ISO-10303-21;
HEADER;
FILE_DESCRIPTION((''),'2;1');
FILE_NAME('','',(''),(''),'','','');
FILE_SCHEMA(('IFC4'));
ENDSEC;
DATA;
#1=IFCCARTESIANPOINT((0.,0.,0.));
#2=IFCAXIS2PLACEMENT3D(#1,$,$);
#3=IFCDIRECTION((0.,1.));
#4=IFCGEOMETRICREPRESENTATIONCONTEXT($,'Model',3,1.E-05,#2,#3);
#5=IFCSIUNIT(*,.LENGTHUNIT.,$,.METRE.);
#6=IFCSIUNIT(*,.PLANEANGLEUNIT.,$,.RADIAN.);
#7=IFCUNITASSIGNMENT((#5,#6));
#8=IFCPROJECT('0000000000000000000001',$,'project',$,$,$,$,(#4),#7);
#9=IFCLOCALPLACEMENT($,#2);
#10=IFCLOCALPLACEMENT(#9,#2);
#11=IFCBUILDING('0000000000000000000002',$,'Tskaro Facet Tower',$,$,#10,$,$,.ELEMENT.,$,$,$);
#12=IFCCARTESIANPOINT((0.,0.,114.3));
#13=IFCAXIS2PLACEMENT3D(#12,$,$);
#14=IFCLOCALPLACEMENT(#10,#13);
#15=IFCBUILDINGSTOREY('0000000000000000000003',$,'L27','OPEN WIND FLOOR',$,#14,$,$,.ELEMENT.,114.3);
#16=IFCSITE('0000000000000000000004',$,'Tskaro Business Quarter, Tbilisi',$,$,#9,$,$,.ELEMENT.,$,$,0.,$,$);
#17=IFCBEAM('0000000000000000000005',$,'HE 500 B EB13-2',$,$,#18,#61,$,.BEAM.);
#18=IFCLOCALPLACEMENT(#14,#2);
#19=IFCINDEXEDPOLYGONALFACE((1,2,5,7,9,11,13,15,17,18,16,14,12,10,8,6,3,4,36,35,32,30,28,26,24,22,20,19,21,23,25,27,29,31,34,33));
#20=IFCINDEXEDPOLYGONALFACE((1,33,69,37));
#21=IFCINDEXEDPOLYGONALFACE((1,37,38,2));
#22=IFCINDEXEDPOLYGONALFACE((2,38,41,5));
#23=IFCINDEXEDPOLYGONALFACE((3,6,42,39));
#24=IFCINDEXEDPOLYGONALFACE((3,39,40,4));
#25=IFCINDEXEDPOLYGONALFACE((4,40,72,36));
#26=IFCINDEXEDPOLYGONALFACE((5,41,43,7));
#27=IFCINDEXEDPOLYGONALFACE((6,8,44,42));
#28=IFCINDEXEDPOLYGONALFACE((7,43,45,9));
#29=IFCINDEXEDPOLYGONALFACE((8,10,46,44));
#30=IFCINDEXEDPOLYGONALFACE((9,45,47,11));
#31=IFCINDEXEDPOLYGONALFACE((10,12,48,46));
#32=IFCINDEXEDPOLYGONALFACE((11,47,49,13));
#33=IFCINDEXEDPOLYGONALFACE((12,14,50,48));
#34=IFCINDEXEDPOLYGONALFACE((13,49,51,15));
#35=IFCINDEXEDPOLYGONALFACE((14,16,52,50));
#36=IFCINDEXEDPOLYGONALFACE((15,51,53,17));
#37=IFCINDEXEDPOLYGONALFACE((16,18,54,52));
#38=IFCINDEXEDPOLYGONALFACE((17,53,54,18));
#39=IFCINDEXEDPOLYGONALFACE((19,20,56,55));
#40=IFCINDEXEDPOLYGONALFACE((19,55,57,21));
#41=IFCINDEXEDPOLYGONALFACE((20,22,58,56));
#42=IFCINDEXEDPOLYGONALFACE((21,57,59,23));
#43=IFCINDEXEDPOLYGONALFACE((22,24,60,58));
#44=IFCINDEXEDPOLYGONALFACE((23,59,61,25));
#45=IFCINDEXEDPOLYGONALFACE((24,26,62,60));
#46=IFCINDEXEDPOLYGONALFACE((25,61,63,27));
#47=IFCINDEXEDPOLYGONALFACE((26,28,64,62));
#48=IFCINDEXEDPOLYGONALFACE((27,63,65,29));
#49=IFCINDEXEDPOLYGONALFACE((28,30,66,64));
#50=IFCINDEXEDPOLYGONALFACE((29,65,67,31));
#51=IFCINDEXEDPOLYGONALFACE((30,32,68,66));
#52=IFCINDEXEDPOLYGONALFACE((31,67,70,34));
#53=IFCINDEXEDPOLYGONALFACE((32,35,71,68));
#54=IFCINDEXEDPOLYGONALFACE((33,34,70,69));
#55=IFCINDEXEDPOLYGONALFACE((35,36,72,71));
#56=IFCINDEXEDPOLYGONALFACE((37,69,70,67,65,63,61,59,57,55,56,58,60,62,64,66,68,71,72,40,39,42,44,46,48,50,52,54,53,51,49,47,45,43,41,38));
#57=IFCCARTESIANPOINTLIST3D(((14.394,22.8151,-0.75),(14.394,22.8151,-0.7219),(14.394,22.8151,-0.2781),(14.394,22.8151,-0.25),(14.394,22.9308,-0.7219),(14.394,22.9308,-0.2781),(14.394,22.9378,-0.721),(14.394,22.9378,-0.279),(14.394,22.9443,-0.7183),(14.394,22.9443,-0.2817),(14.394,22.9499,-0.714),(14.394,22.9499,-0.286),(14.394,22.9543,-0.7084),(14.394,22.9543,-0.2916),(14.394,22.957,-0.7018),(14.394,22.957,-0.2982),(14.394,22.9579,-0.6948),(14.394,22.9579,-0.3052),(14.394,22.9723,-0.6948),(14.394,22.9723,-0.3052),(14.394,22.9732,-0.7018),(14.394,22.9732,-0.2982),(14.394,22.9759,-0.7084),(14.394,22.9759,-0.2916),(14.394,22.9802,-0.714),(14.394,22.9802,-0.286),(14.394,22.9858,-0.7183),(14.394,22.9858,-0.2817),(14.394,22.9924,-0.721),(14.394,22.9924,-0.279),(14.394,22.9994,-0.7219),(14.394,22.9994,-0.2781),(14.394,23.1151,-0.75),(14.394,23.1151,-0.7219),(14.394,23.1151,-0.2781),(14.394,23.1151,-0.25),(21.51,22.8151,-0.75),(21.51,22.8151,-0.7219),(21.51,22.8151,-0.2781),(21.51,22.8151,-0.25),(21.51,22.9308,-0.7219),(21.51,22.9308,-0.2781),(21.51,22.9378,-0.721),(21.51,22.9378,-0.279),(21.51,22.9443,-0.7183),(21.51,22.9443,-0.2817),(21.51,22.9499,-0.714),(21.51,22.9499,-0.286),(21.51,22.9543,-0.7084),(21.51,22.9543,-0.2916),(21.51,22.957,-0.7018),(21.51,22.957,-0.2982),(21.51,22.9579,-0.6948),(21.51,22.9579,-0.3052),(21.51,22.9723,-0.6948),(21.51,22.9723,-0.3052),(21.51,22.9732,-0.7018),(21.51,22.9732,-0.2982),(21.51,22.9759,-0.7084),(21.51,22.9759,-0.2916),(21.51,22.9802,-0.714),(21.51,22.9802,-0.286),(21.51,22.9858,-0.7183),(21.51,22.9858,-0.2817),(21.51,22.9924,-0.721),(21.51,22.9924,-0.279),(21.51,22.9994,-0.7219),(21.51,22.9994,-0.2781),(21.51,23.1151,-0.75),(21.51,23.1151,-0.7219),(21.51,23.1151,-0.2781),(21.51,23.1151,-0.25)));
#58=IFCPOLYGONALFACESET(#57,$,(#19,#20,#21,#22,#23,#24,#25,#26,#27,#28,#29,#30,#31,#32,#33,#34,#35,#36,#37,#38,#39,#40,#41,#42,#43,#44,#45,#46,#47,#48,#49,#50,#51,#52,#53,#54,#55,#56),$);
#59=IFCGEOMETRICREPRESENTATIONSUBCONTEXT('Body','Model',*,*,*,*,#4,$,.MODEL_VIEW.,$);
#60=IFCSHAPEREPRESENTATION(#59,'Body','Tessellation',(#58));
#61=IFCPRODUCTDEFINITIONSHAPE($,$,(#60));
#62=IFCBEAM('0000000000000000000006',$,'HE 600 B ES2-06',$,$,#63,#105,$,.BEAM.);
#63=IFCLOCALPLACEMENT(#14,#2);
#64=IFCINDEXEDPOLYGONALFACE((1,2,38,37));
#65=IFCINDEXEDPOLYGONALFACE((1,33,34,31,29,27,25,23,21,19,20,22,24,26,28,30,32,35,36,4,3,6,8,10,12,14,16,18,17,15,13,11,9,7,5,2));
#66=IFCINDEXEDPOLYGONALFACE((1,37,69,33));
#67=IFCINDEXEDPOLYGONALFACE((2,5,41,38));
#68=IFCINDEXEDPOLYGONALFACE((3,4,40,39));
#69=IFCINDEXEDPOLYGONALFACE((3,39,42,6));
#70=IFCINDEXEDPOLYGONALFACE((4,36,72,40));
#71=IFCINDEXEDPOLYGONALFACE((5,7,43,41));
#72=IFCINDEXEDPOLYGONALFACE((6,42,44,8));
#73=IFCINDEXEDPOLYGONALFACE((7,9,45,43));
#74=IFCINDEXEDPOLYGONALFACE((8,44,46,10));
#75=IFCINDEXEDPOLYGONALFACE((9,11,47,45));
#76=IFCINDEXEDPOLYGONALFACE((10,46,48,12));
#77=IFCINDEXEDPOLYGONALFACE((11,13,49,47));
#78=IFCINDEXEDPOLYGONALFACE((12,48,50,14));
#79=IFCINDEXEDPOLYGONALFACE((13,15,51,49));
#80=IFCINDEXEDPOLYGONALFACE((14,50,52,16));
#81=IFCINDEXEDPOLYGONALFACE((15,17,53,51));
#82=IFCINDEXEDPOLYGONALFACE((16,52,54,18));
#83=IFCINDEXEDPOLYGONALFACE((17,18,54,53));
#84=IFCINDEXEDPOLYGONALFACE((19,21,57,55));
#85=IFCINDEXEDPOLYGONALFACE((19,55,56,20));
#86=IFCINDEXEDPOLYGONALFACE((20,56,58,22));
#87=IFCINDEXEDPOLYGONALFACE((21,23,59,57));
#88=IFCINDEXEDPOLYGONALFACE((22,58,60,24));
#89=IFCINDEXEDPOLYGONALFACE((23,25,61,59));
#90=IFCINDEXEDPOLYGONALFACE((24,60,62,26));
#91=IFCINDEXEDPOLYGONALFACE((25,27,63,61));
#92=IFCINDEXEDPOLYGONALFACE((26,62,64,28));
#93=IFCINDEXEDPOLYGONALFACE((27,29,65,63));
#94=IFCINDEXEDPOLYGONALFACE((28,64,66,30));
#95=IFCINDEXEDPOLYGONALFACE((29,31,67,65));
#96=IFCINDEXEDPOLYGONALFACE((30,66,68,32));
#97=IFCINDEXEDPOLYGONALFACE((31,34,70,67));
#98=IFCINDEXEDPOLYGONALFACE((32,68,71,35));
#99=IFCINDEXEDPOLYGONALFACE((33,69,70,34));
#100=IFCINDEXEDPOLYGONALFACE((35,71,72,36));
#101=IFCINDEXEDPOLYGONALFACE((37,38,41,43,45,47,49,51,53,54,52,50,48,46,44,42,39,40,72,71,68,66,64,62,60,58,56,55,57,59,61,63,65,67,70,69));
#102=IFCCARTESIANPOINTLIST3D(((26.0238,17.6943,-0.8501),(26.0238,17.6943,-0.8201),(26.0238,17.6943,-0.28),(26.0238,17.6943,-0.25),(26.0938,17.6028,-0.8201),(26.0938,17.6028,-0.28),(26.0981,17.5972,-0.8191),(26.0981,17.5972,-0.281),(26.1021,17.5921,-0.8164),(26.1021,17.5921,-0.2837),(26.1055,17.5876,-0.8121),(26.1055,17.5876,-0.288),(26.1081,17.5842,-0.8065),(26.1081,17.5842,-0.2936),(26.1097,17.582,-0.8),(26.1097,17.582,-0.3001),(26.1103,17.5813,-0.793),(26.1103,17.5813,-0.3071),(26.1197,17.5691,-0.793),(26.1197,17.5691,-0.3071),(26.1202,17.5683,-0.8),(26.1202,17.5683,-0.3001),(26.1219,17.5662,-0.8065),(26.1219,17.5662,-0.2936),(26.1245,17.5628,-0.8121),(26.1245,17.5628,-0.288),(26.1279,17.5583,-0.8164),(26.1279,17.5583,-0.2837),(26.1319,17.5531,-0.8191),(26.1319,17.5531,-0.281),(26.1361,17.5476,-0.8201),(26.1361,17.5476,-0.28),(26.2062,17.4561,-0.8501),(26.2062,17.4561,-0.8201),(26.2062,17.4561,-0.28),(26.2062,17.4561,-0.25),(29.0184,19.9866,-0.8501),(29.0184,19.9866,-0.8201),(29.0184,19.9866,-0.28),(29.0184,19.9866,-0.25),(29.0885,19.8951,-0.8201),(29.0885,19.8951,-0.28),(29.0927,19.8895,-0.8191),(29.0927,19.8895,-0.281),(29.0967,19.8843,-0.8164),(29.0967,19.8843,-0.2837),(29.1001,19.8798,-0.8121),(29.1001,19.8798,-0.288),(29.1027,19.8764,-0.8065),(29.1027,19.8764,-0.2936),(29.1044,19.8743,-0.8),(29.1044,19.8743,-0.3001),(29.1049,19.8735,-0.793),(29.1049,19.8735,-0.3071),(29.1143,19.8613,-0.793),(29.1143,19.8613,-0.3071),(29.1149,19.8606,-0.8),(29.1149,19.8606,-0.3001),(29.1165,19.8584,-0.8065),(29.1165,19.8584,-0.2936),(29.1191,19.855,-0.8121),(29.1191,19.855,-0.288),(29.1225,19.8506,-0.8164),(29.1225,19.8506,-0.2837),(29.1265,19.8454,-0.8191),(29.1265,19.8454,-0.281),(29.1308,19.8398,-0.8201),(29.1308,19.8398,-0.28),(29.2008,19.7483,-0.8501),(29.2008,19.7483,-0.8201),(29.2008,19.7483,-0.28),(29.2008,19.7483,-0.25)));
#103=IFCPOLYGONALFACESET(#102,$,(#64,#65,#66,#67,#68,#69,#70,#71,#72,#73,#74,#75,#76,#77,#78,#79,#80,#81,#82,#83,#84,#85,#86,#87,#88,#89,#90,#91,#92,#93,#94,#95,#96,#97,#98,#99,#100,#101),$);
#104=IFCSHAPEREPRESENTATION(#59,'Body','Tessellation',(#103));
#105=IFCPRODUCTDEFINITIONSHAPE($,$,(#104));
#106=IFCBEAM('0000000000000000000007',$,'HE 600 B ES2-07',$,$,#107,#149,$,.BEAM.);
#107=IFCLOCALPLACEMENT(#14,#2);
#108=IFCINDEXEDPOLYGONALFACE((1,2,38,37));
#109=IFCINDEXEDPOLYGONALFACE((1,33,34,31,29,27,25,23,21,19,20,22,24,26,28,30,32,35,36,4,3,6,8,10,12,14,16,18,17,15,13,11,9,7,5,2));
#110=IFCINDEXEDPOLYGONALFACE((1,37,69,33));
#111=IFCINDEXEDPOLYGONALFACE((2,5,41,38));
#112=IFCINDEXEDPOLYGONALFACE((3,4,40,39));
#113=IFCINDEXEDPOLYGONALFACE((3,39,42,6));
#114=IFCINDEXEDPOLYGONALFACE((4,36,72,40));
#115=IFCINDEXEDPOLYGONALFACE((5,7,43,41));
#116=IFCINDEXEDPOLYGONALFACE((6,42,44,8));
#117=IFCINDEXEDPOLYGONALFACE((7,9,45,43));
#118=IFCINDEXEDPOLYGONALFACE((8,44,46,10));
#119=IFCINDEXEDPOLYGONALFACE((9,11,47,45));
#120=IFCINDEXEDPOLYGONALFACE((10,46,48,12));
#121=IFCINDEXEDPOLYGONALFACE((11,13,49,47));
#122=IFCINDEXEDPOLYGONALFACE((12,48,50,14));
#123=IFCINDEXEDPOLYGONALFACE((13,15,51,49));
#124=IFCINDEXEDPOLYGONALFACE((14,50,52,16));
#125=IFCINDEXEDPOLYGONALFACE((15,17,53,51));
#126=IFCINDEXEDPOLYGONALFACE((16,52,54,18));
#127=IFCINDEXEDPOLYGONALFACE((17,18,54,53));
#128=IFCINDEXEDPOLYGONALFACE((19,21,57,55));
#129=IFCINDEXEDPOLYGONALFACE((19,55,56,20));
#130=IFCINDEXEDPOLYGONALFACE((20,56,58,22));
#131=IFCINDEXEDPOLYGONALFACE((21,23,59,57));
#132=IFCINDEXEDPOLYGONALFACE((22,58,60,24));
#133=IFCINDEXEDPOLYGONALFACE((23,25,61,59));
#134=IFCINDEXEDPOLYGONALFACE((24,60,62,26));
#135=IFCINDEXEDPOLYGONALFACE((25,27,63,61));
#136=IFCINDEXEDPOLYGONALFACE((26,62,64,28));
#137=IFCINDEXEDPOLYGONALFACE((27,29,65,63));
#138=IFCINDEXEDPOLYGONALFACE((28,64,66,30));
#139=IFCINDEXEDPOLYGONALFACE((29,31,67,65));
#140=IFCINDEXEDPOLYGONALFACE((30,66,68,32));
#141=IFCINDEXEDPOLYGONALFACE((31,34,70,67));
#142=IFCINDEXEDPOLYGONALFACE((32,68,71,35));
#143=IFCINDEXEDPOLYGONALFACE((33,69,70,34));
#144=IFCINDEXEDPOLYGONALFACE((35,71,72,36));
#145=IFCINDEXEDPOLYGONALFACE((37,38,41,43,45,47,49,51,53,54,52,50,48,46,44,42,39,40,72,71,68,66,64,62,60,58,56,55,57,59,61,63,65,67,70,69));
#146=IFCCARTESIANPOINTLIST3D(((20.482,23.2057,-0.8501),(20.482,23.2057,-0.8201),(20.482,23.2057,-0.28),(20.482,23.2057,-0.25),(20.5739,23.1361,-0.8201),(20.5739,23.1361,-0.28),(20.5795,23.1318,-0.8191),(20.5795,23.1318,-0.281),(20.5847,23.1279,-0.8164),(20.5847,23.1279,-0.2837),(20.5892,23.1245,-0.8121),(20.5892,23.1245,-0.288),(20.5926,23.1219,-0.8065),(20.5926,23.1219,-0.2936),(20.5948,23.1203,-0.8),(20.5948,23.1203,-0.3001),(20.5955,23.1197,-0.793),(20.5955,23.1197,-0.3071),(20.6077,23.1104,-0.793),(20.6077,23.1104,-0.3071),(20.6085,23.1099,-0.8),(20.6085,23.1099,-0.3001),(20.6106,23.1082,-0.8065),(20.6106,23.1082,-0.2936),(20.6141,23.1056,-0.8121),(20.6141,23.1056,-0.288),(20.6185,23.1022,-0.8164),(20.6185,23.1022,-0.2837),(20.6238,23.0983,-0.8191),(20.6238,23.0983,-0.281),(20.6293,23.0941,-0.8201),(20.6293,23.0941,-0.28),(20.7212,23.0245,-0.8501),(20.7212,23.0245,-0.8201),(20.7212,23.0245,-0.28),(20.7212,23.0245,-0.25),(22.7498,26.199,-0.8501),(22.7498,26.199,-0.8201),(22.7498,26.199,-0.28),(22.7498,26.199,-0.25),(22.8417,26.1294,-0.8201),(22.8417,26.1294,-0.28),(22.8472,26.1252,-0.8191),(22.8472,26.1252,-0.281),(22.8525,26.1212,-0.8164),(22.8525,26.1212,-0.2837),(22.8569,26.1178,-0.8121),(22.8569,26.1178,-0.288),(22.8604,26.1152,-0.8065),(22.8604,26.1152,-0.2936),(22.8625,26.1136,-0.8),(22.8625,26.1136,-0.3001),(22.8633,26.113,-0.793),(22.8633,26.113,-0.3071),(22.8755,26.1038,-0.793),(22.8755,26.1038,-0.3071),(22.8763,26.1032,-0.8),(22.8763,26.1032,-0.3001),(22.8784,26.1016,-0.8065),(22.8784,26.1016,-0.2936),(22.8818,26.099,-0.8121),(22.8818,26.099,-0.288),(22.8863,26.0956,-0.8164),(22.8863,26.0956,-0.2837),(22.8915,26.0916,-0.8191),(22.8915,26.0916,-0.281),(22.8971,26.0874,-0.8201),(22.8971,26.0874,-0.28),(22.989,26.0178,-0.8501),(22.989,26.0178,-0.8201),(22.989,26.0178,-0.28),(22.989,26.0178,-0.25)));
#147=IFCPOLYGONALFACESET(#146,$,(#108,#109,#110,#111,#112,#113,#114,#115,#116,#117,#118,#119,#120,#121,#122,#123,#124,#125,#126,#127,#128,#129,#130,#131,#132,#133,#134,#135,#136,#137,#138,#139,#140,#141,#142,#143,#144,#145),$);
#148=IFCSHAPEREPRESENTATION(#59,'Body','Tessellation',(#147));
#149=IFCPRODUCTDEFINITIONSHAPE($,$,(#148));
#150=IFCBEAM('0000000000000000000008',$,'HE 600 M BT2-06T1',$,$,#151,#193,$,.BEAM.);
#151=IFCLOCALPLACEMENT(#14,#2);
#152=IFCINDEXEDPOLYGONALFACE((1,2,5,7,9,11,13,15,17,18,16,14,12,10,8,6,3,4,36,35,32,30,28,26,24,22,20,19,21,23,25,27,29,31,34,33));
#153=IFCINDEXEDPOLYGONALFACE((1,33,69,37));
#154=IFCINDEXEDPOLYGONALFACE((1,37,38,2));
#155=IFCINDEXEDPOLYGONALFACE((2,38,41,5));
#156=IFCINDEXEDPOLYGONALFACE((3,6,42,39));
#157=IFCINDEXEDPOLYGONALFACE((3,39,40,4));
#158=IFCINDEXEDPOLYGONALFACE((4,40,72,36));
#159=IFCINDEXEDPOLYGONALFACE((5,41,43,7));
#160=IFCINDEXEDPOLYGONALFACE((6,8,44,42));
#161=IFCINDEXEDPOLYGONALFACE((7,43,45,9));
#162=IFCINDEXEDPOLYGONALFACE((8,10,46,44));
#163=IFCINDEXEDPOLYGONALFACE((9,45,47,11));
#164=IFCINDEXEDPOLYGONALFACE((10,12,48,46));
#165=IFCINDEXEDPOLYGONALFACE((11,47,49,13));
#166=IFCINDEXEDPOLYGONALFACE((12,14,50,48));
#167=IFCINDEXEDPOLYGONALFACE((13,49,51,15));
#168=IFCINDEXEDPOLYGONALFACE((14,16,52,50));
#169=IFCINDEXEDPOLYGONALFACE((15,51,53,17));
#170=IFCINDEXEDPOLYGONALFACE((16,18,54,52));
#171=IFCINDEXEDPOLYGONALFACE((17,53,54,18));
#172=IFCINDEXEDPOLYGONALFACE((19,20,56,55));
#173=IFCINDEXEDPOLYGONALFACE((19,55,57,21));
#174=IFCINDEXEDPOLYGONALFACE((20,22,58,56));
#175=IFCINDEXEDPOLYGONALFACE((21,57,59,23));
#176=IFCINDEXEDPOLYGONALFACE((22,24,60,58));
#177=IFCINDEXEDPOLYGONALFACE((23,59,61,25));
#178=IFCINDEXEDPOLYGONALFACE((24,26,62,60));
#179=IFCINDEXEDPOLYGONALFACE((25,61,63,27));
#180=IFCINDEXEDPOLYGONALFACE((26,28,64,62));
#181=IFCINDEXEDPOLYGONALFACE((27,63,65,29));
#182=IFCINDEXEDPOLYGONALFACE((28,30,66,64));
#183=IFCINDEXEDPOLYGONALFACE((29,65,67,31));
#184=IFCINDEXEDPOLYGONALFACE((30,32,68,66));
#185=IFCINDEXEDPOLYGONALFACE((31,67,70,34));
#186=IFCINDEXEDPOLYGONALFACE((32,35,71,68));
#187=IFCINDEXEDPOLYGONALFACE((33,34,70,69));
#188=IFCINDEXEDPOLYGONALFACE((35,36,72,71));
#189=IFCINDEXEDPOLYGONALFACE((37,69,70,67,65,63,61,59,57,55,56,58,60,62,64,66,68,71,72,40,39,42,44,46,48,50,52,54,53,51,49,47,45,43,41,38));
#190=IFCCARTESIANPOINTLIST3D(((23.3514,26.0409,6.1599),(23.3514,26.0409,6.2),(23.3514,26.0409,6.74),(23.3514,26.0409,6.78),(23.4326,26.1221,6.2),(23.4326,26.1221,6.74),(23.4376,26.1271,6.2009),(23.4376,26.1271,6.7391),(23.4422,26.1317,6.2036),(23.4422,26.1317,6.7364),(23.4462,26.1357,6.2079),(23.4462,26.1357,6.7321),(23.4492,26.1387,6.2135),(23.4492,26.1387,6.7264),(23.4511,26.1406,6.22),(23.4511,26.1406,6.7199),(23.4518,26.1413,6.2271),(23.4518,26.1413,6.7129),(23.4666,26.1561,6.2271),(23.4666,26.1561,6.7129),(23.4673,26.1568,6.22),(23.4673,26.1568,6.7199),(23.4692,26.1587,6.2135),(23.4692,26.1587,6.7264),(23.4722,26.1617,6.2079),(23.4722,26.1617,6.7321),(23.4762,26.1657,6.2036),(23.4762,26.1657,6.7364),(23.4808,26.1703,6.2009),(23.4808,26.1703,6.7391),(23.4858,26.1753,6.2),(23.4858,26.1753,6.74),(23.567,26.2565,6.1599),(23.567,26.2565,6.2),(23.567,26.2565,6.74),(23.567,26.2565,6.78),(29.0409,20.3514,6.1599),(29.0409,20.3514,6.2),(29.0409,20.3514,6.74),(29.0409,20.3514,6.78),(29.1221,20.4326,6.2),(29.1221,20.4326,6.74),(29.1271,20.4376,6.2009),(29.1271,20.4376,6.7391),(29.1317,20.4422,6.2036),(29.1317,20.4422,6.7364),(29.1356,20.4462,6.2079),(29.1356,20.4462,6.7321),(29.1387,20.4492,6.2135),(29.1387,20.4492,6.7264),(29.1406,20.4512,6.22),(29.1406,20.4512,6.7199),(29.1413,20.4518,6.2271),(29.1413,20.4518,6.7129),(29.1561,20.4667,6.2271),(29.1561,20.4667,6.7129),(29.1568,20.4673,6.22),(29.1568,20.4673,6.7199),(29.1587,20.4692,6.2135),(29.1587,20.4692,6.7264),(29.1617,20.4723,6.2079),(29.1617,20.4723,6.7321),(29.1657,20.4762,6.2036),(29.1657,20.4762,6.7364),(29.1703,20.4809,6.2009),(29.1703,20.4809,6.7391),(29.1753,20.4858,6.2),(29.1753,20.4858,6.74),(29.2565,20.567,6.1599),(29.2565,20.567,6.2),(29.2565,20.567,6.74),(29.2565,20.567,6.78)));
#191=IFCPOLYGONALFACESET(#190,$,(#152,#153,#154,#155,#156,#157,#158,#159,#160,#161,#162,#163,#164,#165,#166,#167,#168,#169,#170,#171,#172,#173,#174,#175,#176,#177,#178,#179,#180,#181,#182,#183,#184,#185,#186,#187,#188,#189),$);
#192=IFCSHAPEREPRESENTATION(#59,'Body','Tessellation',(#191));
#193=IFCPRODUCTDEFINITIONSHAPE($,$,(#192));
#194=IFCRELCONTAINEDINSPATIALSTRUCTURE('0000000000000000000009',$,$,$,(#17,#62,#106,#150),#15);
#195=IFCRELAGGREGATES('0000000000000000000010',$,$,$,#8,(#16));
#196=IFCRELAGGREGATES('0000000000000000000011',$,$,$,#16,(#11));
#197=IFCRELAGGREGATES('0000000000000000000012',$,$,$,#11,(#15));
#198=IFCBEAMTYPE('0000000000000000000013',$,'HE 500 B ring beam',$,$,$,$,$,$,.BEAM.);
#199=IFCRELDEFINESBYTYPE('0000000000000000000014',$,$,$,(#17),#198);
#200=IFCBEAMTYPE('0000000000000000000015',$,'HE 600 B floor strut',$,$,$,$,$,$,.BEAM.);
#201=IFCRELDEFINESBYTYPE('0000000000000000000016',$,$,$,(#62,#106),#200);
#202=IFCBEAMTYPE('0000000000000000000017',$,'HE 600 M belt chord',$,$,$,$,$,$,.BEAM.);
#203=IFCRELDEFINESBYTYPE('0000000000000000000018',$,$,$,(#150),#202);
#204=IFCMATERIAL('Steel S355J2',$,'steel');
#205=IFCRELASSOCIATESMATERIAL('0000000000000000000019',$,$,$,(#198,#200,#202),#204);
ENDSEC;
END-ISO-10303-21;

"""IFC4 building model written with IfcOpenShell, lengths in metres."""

from ifc_helpers import new_model, si_unit, direction, frame, origin, origin_2d, place, context, subcontext, project, spatial, i_section, extrude, material, material_profile, profile_set, type_object, element, save


model = new_model("IFC4")

# Units and contexts
model_context = context("Model", 3, precision=1e-05, world=origin(), true_north=direction((0.0, 1.0)))
body_context = subcontext(model_context, "Body", "Model", "MODEL_VIEW")
ifc_project = project(units=[si_unit("LENGTHUNIT", "METRE"), si_unit("PLANEANGLEUNIT", "RADIAN")], contexts=[model_context])

# Site, building, storey
site_placement = place(None, origin())
site = spatial("IfcSite", under=ifc_project, at=site_placement, Name="Tskaro Business Quarter, Tbilisi", CompositionType="ELEMENT", RefElevation=0.0)
building_placement = place(site_placement, origin())
building = spatial("IfcBuilding", under=site, at=building_placement, Name="Tskaro Facet Tower", CompositionType="ELEMENT")
storey_placement = place(building_placement, frame((0.0, 0.0, 114.3)))
storey = spatial("IfcBuildingStorey", under=building, at=storey_placement, Name="L27", Description="OPEN WIND FLOOR", CompositionType="ELEMENT", Elevation=114.3)

# Shared definitions
ifc_material_1 = material(Name="Steel S355J2", Category="steel")

# Beams
ifc_material_profile_1 = material_profile(ifc_material_1, i_section(OverallWidth=0.3, OverallDepth=0.5, WebThickness=0.0144, FlangeThickness=0.0281, FilletRadius=0.0271, at=origin_2d()), Name="HE 500 B")
ifc_profile_set_1 = profile_set([ifc_material_profile_1], Name="Steel S355J2")
beam_type_1 = type_object("IfcBeamType", Name="HE 500 B ring beam", PredefinedType="BEAM", material=ifc_profile_set_1)
beam_1_placement = place(storey_placement, frame((21.51, 22.9651, -0.5), z_axis=(-1.0, 0.0, 0.0), x_axis=(0.0, -1.0, 0.0)))
element("IfcBeam", 1, at=beam_1_placement, inside=storey, type_object=beam_type_1, Name="HE 500 B EB13-2", PredefinedType="BEAM", context=body_context, shape_type="SweptSolid", body=[
    extrude(i_section(OverallWidth=0.3, OverallDepth=0.5, WebThickness=0.0144, FlangeThickness=0.0281, FilletRadius=0.0271, at=origin_2d()), origin(), (0.0, 0.0, 1.0), 7.116),
])
ifc_material_profile_2 = material_profile(ifc_material_1, i_section(OverallWidth=0.3, OverallDepth=0.6001, WebThickness=0.0154, FlangeThickness=0.03, FilletRadius=0.0271, at=origin_2d()), Name="HE 600 B")
ifc_profile_set_2 = profile_set([ifc_material_profile_2], Name="Steel S355J2")
beam_type_2 = type_object("IfcBeamType", Name="HE 600 B floor strut", PredefinedType="BEAM", material=ifc_profile_set_2)
beam_2_placement = place(storey_placement, frame((29.1096, 19.8674, -0.55), z_axis=(-0.794073, -0.607822, 0.0), x_axis=(0.607822, -0.794073, 0.0)))
element("IfcBeam", 2, at=beam_2_placement, inside=storey, type_object=beam_type_2, Name="HE 600 B ES2-06", PredefinedType="BEAM", context=body_context, shape_type="SweptSolid", body=[
    extrude(i_section(OverallWidth=0.3, OverallDepth=0.6001, WebThickness=0.0154, FlangeThickness=0.03, FilletRadius=0.0271, at=origin_2d()), origin(), (0.0, 0.0, 1.0), 3.7712),
])
beam_3_placement = place(storey_placement, frame((22.8694, 26.1084, -0.55), z_axis=(-0.603873, -0.797081, 0.0), x_axis=(0.797081, -0.603873, 0.0)))
element("IfcBeam", 3, at=beam_3_placement, inside=storey, type_object=beam_type_2, Name="HE 600 B ES2-07", PredefinedType="BEAM", context=body_context, shape_type="SweptSolid", body=[
    extrude(i_section(OverallWidth=0.3, OverallDepth=0.6001, WebThickness=0.0154, FlangeThickness=0.03, FilletRadius=0.0271, at=origin_2d()), origin(), (0.0, 0.0, 1.0), 3.7554),
])
ifc_material_profile_3 = material_profile(ifc_material_1, i_section(OverallWidth=0.3049, OverallDepth=0.6201, WebThickness=0.021, FlangeThickness=0.04, FilletRadius=0.0271, at=origin_2d()), Name="HE 600 M")
ifc_profile_set_3 = profile_set([ifc_material_profile_3], Name="Steel S355J2")
beam_type_3 = type_object("IfcBeamType", Name="HE 600 M belt chord", PredefinedType="BEAM", material=ifc_profile_set_3)
for number, where, z_axis, x_axis, name in (
    (4, (29.1487, 20.4592, 6.47), (-0.707107, 0.707107, 0.0), (-0.707107, -0.707107, 0.0), "HE 600 M BT2-06T1"),
):
    element("IfcBeam", number, at=place(storey_placement, frame(where, z_axis=z_axis, x_axis=x_axis)), inside=storey, type_object=beam_type_3, Name=name, PredefinedType="BEAM", context=body_context, shape_type="SweptSolid", body=[
        extrude(i_section(OverallWidth=0.3049, OverallDepth=0.6201, WebThickness=0.021, FlangeThickness=0.04, FilletRadius=0.0271, at=origin_2d()), origin(), (0.0, 0.0, 1.0), 8.0461),
    ])

save(model, "model.ifc")
